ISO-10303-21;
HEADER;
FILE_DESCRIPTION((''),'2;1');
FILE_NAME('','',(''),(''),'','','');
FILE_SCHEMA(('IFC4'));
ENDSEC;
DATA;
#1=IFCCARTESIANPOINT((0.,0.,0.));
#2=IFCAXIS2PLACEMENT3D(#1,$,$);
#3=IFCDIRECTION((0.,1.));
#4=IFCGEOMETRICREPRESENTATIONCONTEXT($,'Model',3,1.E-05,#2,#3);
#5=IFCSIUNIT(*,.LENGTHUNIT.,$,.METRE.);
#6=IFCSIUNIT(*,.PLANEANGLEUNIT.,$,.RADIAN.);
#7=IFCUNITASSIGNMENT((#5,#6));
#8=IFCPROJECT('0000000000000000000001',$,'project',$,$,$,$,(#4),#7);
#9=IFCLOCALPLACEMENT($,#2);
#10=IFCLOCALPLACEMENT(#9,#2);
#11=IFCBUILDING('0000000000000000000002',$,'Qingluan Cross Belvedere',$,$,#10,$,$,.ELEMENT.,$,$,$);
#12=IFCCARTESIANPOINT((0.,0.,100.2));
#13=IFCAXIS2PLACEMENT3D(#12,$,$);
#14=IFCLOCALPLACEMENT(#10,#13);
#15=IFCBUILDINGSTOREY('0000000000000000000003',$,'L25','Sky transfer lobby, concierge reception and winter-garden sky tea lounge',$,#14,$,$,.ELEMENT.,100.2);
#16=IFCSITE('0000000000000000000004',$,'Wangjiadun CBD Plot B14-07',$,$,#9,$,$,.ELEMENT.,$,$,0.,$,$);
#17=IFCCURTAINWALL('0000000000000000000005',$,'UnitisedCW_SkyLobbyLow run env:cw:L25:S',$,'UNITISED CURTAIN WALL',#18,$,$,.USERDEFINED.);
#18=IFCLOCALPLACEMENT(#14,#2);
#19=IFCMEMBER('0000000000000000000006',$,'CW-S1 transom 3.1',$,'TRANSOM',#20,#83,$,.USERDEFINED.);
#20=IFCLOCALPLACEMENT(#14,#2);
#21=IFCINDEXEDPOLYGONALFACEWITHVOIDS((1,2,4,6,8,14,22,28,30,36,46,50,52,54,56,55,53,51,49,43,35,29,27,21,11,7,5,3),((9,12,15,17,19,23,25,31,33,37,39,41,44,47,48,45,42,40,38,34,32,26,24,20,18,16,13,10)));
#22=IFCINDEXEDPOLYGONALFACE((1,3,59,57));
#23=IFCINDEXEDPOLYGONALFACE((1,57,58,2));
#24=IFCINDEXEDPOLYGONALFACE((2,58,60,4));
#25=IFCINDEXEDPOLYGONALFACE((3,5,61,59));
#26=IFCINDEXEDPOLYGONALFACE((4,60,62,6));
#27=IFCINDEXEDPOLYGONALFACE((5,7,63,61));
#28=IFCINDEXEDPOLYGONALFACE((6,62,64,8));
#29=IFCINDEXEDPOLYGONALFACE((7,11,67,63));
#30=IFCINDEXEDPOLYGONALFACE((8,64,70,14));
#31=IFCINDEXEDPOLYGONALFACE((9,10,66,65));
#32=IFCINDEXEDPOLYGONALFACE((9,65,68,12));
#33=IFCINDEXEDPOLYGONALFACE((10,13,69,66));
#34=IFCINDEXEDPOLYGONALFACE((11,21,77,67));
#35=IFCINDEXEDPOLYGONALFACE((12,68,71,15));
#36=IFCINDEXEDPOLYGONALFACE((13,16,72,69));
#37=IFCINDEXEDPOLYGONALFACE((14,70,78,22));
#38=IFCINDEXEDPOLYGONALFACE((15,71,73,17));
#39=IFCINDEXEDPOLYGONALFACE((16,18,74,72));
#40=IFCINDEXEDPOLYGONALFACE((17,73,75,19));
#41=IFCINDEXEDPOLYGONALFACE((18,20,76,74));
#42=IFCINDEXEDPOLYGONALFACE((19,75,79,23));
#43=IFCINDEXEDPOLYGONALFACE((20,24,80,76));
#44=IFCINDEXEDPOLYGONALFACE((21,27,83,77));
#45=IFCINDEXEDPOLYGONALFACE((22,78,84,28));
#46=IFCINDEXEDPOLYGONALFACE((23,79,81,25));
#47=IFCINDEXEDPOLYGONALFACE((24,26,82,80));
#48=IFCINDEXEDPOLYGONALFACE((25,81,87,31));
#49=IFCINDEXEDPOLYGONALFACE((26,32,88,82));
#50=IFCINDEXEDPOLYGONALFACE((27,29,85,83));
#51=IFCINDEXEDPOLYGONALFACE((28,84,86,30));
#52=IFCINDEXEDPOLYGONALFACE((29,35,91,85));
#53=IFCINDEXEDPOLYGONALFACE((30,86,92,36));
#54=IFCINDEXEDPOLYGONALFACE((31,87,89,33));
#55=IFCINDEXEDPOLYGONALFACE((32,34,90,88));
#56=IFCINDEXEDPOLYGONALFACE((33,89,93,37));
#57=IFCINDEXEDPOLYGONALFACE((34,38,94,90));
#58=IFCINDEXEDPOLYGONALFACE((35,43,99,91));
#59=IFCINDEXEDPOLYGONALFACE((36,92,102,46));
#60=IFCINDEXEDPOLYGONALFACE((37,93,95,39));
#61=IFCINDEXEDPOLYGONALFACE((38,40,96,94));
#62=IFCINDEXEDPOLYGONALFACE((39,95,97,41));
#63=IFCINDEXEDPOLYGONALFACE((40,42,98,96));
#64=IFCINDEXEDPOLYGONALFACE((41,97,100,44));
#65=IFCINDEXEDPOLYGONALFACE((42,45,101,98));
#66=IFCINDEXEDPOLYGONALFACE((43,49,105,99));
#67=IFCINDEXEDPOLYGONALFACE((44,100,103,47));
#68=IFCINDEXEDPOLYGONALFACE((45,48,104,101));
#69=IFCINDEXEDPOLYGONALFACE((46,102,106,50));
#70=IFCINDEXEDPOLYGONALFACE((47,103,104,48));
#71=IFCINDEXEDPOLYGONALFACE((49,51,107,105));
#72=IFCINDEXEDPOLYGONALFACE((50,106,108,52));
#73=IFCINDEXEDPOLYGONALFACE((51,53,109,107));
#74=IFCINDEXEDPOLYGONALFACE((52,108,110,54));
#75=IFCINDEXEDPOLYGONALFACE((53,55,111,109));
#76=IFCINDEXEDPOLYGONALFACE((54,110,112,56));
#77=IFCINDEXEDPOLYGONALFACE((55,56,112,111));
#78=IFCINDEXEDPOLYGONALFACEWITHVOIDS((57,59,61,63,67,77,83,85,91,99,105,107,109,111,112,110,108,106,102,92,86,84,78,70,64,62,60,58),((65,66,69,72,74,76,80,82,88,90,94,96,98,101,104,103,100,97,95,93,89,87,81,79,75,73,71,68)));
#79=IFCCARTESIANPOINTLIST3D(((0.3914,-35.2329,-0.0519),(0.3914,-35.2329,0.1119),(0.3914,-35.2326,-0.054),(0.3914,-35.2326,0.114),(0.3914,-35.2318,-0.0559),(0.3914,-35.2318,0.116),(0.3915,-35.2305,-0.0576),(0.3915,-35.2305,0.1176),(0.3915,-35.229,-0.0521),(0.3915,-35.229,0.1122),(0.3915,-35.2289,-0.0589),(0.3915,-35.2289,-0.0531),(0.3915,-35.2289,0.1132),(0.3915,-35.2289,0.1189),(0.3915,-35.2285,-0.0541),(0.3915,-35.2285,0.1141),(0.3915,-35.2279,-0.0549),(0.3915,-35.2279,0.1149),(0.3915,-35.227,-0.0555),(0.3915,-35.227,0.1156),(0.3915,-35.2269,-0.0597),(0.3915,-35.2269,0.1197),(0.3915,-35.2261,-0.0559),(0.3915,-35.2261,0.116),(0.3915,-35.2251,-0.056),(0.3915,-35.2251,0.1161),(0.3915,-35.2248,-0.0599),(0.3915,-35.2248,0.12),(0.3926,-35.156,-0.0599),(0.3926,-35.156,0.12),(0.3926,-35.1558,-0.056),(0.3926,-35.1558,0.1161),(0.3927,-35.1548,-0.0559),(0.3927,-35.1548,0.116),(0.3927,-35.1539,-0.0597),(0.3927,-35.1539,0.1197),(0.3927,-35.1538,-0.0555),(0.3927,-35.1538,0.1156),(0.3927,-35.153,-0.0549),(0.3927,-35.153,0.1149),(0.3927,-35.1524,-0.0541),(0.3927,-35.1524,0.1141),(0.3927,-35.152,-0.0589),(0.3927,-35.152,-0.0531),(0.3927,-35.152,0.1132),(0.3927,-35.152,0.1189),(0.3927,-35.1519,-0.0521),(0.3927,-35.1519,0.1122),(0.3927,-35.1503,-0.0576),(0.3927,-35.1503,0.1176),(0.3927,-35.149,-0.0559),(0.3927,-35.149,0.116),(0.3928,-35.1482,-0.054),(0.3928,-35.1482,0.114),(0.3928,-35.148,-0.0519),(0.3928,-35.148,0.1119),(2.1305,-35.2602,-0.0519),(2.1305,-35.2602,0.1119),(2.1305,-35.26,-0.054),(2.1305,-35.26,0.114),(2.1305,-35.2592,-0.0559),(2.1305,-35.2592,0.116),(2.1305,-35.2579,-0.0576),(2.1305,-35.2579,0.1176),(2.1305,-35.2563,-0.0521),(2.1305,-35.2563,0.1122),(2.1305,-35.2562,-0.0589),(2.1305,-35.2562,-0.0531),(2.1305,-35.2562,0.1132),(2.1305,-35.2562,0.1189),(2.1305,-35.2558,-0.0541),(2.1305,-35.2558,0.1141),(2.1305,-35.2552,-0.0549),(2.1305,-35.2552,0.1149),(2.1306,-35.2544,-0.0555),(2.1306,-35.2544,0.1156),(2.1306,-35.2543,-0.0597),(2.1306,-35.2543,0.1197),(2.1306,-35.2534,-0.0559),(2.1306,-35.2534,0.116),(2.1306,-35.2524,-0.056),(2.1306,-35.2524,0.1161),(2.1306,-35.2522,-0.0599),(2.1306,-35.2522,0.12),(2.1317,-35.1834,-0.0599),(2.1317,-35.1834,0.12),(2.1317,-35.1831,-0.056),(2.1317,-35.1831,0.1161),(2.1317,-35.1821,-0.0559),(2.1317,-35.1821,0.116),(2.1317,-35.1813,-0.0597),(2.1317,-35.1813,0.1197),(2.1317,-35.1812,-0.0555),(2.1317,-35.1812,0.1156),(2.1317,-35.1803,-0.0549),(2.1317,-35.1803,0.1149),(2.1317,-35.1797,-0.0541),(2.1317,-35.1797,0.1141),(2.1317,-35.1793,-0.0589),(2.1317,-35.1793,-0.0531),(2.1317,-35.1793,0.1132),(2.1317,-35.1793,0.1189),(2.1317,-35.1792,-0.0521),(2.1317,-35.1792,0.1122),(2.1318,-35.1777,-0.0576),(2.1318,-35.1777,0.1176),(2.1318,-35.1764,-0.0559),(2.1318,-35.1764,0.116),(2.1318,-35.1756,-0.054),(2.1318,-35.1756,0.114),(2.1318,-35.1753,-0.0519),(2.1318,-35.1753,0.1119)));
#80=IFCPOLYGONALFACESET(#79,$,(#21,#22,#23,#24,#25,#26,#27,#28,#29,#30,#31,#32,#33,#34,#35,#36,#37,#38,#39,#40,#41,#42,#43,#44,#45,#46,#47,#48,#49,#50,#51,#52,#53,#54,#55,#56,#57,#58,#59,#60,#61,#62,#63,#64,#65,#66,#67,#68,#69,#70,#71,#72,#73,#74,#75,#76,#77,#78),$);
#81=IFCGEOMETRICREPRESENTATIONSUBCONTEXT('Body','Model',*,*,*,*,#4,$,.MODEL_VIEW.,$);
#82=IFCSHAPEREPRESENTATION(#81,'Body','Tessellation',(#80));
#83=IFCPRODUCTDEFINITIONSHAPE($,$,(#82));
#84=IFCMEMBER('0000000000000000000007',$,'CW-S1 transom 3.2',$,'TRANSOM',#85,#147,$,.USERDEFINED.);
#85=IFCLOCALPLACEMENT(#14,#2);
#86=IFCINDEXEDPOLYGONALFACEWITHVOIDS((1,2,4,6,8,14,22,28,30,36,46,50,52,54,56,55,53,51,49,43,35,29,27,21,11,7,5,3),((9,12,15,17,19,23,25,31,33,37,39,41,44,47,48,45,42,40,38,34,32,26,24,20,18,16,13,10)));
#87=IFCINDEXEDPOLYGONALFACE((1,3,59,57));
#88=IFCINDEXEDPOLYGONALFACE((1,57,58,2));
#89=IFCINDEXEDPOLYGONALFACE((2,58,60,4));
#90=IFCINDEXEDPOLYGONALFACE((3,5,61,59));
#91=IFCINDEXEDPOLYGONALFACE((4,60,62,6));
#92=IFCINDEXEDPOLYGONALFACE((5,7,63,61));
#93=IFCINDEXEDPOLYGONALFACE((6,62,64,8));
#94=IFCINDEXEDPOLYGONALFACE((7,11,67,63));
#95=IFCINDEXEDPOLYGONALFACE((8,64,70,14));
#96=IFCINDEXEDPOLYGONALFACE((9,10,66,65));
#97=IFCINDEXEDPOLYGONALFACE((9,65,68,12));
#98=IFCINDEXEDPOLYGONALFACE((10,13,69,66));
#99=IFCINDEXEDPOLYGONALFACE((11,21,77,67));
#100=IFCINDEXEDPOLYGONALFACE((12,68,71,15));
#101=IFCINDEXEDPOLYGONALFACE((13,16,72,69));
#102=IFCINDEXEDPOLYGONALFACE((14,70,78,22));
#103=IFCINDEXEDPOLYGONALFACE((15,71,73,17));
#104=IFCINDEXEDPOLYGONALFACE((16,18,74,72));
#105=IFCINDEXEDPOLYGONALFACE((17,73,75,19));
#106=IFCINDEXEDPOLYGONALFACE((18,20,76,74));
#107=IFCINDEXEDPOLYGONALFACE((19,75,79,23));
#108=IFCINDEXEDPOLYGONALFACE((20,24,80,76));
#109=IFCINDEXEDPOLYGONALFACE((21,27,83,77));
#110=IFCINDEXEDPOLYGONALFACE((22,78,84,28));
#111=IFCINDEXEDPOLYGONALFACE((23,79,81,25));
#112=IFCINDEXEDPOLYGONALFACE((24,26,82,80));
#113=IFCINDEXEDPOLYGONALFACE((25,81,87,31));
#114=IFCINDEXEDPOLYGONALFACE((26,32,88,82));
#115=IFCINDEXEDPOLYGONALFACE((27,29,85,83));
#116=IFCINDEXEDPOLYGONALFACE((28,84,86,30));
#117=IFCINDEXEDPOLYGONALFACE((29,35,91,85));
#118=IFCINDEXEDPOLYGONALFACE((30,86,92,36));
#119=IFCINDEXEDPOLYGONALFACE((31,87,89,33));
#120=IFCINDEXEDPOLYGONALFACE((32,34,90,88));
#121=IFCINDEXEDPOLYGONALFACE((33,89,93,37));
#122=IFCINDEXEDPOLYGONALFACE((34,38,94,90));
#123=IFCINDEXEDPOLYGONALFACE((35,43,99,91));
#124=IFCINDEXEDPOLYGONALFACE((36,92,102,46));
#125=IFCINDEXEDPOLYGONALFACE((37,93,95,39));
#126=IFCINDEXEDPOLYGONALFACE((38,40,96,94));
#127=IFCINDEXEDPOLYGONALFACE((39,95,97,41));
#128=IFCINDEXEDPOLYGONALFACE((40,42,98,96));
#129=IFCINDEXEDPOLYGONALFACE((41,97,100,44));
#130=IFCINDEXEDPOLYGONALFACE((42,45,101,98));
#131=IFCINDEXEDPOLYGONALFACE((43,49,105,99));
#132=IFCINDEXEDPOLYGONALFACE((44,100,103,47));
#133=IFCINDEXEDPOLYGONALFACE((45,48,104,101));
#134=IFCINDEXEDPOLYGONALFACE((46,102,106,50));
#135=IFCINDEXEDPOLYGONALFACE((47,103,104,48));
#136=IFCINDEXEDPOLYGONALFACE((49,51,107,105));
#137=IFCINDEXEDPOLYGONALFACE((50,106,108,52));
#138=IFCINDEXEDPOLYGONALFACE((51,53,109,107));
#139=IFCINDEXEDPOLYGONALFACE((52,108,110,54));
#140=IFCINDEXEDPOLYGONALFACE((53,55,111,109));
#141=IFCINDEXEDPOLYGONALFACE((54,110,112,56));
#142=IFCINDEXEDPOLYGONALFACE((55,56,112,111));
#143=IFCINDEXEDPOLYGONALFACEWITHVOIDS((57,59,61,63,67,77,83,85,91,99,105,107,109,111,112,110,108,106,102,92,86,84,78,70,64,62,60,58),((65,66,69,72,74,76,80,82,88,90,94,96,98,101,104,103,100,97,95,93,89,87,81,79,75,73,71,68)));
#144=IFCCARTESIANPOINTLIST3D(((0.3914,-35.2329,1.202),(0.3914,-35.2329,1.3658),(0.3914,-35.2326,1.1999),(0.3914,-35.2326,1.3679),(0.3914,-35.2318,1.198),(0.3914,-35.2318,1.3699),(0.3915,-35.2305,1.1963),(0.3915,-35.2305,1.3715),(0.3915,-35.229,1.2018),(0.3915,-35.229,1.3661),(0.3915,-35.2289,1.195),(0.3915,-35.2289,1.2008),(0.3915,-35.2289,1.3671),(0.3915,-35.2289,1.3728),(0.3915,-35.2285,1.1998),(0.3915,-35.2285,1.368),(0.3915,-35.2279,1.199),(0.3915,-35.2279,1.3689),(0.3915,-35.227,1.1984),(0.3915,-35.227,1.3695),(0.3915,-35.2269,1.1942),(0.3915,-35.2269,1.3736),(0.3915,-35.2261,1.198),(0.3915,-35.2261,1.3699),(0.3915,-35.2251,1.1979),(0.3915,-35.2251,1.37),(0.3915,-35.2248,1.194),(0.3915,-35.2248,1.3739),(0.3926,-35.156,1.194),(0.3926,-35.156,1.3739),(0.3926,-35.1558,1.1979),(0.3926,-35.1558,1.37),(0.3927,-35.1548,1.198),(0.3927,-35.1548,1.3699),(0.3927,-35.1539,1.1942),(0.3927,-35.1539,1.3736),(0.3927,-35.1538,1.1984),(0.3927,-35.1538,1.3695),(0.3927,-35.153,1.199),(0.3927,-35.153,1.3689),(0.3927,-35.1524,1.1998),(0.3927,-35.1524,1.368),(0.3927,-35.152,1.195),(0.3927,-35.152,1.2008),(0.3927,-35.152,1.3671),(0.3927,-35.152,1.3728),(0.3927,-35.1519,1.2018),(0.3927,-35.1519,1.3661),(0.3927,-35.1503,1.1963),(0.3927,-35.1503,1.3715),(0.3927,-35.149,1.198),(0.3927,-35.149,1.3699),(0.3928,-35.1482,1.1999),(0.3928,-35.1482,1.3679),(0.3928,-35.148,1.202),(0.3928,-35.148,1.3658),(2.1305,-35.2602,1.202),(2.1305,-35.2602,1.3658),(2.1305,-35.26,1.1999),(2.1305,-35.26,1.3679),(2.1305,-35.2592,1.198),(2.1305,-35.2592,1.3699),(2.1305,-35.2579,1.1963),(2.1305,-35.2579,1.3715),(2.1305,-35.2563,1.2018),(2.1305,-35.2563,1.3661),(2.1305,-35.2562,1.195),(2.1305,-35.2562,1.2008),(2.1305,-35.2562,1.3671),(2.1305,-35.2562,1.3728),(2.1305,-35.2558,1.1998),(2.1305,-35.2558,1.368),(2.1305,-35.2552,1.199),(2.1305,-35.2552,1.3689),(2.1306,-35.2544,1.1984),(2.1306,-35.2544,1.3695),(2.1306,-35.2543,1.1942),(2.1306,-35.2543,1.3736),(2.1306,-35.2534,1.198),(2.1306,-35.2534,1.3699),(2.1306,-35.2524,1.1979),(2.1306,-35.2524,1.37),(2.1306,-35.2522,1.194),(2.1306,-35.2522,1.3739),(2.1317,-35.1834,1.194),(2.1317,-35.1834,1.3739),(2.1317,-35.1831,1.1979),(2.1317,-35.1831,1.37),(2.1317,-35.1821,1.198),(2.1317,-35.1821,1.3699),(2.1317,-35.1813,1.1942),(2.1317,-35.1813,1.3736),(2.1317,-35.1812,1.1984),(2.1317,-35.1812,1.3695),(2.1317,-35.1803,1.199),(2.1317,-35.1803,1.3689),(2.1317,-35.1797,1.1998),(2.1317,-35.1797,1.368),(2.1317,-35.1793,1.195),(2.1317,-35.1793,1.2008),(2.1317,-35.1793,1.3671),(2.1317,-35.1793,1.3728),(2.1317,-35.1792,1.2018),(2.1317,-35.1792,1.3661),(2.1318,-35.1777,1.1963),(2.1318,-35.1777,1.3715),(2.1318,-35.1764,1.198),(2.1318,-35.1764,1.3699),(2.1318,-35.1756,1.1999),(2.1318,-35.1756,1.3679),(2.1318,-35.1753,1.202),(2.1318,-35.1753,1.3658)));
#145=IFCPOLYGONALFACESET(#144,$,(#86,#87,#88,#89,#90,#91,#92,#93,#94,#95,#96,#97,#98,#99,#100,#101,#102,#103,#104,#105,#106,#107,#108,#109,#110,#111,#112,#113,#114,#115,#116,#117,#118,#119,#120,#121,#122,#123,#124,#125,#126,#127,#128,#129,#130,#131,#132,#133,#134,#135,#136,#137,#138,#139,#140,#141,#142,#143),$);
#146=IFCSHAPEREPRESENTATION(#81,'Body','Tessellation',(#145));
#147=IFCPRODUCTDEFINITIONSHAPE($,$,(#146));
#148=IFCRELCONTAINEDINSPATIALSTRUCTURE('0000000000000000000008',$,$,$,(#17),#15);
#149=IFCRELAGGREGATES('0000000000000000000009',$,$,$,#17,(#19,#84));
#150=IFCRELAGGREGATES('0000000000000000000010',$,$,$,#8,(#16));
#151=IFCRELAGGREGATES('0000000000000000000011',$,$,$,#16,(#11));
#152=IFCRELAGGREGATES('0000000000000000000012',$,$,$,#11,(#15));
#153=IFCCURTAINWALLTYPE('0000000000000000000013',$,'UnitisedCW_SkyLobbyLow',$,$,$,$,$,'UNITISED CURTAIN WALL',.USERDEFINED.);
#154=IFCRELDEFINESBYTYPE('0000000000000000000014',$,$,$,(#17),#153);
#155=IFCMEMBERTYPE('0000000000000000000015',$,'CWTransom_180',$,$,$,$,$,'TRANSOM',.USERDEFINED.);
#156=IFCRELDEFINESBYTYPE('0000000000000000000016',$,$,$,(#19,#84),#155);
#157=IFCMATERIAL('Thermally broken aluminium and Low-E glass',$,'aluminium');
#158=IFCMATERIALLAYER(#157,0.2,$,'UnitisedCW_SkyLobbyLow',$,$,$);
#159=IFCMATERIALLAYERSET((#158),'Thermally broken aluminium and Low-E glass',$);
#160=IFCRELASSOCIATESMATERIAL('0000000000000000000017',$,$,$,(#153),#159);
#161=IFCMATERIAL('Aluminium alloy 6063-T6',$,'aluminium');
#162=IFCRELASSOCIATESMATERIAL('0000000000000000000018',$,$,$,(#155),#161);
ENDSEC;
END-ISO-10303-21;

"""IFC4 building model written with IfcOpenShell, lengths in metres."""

from ifc_helpers import new_model, si_unit, direction, frame, origin, origin_2d, place, context, subcontext, project, spatial, hollow_rectangle, extrude, material, layer, layer_set, material_profile, profile_set, type_object, element, aggregate, save


model = new_model("IFC4")

# Units and contexts
model_context = context("Model", 3, precision=1e-05, world=origin(), true_north=direction((0.0, 1.0)))
body_context = subcontext(model_context, "Body", "Model", "MODEL_VIEW")
ifc_project = project(units=[si_unit("LENGTHUNIT", "METRE"), si_unit("PLANEANGLEUNIT", "RADIAN")], contexts=[model_context])

# Site, building, storey
site_placement = place(None, origin())
site = spatial("IfcSite", under=ifc_project, at=site_placement, Name="Wangjiadun CBD Plot B14-07", CompositionType="ELEMENT", RefElevation=0.0)
building_placement = place(site_placement, origin())
building = spatial("IfcBuilding", under=site, at=building_placement, Name="Qingluan Cross Belvedere", CompositionType="ELEMENT")
storey_placement = place(building_placement, frame((0.0, 0.0, 100.2)))
storey = spatial("IfcBuildingStorey", under=building, at=storey_placement, Name="L25", Description="Sky transfer lobby, concierge reception and winter-garden sky tea lounge", CompositionType="ELEMENT", Elevation=100.2)

# Curtain wall, members
ifc_material_1 = material(Name="Thermally broken aluminium and Low-E glass", Category="aluminium")
ifc_layer_1 = layer(ifc_material_1, 0.2, Name="UnitisedCW_SkyLobbyLow")
ifc_layer_set_1 = layer_set([ifc_layer_1], Name="Thermally broken aluminium and Low-E glass")
curtain_wall_type = type_object("IfcCurtainWallType", Name="UnitisedCW_SkyLobbyLow", ElementType="UNITISED CURTAIN WALL", PredefinedType="USERDEFINED", material=ifc_layer_set_1)
curtain_wall_placement = place(storey_placement, origin())
curtain_wall = element("IfcCurtainWall", 1, at=curtain_wall_placement, inside=storey, type_object=curtain_wall_type, Name="UnitisedCW_SkyLobbyLow run env:cw:L25:S", ObjectType="UNITISED CURTAIN WALL", PredefinedType="USERDEFINED")
ifc_material_2 = material(Name="Aluminium alloy 6063-T6", Category="aluminium")
ifc_material_profile_1 = material_profile(ifc_material_2, hollow_rectangle(XDim=0.085, YDim=0.1799, WallThickness=0.0039, InnerFilletRadius=0.0039, OuterFilletRadius=0.0081, at=origin_2d()), Name="CWT180x85x4")
ifc_profile_set_1 = profile_set([ifc_material_profile_1], Name="Aluminium alloy 6063-T6")
member_type_1 = type_object("IfcMemberType", Name="CWTransom_180", ElementType="TRANSOM", PredefinedType="USERDEFINED", material=ifc_profile_set_1)
member_1_placement = place(storey_placement, frame((0.3921, -35.1904, 0.03), z_axis=(0.999876, -0.015722, 0.0), x_axis=(0.015722, 0.999876, 0.0)))
member_1 = element("IfcMember", 2, at=member_1_placement, type_object=member_type_1, Name="CW-S1 transom 3.1", ObjectType="TRANSOM", PredefinedType="USERDEFINED", context=body_context, shape_type="SweptSolid", body=[
    extrude(hollow_rectangle(XDim=0.085, YDim=0.1799, WallThickness=0.0039, InnerFilletRadius=0.0039, OuterFilletRadius=0.0081, at=origin_2d()), origin(), (0.0, 0.0, 1.0), 1.7393),
])
member_2_placement = place(storey_placement, frame((0.3921, -35.1904, 1.2839), z_axis=(0.999876, -0.015722, 0.0), x_axis=(0.015722, 0.999876, 0.0)))
member_2 = element("IfcMember", 3, at=member_2_placement, type_object=member_type_1, Name="CW-S1 transom 3.2", ObjectType="TRANSOM", PredefinedType="USERDEFINED", context=body_context, shape_type="SweptSolid", body=[
    extrude(hollow_rectangle(XDim=0.085, YDim=0.1799, WallThickness=0.0039, InnerFilletRadius=0.0039, OuterFilletRadius=0.0081, at=origin_2d()), origin(), (0.0, 0.0, 1.0), 1.7393),
])

aggregate(curtain_wall, [member_1, member_2])

save(model, "model.ifc")
